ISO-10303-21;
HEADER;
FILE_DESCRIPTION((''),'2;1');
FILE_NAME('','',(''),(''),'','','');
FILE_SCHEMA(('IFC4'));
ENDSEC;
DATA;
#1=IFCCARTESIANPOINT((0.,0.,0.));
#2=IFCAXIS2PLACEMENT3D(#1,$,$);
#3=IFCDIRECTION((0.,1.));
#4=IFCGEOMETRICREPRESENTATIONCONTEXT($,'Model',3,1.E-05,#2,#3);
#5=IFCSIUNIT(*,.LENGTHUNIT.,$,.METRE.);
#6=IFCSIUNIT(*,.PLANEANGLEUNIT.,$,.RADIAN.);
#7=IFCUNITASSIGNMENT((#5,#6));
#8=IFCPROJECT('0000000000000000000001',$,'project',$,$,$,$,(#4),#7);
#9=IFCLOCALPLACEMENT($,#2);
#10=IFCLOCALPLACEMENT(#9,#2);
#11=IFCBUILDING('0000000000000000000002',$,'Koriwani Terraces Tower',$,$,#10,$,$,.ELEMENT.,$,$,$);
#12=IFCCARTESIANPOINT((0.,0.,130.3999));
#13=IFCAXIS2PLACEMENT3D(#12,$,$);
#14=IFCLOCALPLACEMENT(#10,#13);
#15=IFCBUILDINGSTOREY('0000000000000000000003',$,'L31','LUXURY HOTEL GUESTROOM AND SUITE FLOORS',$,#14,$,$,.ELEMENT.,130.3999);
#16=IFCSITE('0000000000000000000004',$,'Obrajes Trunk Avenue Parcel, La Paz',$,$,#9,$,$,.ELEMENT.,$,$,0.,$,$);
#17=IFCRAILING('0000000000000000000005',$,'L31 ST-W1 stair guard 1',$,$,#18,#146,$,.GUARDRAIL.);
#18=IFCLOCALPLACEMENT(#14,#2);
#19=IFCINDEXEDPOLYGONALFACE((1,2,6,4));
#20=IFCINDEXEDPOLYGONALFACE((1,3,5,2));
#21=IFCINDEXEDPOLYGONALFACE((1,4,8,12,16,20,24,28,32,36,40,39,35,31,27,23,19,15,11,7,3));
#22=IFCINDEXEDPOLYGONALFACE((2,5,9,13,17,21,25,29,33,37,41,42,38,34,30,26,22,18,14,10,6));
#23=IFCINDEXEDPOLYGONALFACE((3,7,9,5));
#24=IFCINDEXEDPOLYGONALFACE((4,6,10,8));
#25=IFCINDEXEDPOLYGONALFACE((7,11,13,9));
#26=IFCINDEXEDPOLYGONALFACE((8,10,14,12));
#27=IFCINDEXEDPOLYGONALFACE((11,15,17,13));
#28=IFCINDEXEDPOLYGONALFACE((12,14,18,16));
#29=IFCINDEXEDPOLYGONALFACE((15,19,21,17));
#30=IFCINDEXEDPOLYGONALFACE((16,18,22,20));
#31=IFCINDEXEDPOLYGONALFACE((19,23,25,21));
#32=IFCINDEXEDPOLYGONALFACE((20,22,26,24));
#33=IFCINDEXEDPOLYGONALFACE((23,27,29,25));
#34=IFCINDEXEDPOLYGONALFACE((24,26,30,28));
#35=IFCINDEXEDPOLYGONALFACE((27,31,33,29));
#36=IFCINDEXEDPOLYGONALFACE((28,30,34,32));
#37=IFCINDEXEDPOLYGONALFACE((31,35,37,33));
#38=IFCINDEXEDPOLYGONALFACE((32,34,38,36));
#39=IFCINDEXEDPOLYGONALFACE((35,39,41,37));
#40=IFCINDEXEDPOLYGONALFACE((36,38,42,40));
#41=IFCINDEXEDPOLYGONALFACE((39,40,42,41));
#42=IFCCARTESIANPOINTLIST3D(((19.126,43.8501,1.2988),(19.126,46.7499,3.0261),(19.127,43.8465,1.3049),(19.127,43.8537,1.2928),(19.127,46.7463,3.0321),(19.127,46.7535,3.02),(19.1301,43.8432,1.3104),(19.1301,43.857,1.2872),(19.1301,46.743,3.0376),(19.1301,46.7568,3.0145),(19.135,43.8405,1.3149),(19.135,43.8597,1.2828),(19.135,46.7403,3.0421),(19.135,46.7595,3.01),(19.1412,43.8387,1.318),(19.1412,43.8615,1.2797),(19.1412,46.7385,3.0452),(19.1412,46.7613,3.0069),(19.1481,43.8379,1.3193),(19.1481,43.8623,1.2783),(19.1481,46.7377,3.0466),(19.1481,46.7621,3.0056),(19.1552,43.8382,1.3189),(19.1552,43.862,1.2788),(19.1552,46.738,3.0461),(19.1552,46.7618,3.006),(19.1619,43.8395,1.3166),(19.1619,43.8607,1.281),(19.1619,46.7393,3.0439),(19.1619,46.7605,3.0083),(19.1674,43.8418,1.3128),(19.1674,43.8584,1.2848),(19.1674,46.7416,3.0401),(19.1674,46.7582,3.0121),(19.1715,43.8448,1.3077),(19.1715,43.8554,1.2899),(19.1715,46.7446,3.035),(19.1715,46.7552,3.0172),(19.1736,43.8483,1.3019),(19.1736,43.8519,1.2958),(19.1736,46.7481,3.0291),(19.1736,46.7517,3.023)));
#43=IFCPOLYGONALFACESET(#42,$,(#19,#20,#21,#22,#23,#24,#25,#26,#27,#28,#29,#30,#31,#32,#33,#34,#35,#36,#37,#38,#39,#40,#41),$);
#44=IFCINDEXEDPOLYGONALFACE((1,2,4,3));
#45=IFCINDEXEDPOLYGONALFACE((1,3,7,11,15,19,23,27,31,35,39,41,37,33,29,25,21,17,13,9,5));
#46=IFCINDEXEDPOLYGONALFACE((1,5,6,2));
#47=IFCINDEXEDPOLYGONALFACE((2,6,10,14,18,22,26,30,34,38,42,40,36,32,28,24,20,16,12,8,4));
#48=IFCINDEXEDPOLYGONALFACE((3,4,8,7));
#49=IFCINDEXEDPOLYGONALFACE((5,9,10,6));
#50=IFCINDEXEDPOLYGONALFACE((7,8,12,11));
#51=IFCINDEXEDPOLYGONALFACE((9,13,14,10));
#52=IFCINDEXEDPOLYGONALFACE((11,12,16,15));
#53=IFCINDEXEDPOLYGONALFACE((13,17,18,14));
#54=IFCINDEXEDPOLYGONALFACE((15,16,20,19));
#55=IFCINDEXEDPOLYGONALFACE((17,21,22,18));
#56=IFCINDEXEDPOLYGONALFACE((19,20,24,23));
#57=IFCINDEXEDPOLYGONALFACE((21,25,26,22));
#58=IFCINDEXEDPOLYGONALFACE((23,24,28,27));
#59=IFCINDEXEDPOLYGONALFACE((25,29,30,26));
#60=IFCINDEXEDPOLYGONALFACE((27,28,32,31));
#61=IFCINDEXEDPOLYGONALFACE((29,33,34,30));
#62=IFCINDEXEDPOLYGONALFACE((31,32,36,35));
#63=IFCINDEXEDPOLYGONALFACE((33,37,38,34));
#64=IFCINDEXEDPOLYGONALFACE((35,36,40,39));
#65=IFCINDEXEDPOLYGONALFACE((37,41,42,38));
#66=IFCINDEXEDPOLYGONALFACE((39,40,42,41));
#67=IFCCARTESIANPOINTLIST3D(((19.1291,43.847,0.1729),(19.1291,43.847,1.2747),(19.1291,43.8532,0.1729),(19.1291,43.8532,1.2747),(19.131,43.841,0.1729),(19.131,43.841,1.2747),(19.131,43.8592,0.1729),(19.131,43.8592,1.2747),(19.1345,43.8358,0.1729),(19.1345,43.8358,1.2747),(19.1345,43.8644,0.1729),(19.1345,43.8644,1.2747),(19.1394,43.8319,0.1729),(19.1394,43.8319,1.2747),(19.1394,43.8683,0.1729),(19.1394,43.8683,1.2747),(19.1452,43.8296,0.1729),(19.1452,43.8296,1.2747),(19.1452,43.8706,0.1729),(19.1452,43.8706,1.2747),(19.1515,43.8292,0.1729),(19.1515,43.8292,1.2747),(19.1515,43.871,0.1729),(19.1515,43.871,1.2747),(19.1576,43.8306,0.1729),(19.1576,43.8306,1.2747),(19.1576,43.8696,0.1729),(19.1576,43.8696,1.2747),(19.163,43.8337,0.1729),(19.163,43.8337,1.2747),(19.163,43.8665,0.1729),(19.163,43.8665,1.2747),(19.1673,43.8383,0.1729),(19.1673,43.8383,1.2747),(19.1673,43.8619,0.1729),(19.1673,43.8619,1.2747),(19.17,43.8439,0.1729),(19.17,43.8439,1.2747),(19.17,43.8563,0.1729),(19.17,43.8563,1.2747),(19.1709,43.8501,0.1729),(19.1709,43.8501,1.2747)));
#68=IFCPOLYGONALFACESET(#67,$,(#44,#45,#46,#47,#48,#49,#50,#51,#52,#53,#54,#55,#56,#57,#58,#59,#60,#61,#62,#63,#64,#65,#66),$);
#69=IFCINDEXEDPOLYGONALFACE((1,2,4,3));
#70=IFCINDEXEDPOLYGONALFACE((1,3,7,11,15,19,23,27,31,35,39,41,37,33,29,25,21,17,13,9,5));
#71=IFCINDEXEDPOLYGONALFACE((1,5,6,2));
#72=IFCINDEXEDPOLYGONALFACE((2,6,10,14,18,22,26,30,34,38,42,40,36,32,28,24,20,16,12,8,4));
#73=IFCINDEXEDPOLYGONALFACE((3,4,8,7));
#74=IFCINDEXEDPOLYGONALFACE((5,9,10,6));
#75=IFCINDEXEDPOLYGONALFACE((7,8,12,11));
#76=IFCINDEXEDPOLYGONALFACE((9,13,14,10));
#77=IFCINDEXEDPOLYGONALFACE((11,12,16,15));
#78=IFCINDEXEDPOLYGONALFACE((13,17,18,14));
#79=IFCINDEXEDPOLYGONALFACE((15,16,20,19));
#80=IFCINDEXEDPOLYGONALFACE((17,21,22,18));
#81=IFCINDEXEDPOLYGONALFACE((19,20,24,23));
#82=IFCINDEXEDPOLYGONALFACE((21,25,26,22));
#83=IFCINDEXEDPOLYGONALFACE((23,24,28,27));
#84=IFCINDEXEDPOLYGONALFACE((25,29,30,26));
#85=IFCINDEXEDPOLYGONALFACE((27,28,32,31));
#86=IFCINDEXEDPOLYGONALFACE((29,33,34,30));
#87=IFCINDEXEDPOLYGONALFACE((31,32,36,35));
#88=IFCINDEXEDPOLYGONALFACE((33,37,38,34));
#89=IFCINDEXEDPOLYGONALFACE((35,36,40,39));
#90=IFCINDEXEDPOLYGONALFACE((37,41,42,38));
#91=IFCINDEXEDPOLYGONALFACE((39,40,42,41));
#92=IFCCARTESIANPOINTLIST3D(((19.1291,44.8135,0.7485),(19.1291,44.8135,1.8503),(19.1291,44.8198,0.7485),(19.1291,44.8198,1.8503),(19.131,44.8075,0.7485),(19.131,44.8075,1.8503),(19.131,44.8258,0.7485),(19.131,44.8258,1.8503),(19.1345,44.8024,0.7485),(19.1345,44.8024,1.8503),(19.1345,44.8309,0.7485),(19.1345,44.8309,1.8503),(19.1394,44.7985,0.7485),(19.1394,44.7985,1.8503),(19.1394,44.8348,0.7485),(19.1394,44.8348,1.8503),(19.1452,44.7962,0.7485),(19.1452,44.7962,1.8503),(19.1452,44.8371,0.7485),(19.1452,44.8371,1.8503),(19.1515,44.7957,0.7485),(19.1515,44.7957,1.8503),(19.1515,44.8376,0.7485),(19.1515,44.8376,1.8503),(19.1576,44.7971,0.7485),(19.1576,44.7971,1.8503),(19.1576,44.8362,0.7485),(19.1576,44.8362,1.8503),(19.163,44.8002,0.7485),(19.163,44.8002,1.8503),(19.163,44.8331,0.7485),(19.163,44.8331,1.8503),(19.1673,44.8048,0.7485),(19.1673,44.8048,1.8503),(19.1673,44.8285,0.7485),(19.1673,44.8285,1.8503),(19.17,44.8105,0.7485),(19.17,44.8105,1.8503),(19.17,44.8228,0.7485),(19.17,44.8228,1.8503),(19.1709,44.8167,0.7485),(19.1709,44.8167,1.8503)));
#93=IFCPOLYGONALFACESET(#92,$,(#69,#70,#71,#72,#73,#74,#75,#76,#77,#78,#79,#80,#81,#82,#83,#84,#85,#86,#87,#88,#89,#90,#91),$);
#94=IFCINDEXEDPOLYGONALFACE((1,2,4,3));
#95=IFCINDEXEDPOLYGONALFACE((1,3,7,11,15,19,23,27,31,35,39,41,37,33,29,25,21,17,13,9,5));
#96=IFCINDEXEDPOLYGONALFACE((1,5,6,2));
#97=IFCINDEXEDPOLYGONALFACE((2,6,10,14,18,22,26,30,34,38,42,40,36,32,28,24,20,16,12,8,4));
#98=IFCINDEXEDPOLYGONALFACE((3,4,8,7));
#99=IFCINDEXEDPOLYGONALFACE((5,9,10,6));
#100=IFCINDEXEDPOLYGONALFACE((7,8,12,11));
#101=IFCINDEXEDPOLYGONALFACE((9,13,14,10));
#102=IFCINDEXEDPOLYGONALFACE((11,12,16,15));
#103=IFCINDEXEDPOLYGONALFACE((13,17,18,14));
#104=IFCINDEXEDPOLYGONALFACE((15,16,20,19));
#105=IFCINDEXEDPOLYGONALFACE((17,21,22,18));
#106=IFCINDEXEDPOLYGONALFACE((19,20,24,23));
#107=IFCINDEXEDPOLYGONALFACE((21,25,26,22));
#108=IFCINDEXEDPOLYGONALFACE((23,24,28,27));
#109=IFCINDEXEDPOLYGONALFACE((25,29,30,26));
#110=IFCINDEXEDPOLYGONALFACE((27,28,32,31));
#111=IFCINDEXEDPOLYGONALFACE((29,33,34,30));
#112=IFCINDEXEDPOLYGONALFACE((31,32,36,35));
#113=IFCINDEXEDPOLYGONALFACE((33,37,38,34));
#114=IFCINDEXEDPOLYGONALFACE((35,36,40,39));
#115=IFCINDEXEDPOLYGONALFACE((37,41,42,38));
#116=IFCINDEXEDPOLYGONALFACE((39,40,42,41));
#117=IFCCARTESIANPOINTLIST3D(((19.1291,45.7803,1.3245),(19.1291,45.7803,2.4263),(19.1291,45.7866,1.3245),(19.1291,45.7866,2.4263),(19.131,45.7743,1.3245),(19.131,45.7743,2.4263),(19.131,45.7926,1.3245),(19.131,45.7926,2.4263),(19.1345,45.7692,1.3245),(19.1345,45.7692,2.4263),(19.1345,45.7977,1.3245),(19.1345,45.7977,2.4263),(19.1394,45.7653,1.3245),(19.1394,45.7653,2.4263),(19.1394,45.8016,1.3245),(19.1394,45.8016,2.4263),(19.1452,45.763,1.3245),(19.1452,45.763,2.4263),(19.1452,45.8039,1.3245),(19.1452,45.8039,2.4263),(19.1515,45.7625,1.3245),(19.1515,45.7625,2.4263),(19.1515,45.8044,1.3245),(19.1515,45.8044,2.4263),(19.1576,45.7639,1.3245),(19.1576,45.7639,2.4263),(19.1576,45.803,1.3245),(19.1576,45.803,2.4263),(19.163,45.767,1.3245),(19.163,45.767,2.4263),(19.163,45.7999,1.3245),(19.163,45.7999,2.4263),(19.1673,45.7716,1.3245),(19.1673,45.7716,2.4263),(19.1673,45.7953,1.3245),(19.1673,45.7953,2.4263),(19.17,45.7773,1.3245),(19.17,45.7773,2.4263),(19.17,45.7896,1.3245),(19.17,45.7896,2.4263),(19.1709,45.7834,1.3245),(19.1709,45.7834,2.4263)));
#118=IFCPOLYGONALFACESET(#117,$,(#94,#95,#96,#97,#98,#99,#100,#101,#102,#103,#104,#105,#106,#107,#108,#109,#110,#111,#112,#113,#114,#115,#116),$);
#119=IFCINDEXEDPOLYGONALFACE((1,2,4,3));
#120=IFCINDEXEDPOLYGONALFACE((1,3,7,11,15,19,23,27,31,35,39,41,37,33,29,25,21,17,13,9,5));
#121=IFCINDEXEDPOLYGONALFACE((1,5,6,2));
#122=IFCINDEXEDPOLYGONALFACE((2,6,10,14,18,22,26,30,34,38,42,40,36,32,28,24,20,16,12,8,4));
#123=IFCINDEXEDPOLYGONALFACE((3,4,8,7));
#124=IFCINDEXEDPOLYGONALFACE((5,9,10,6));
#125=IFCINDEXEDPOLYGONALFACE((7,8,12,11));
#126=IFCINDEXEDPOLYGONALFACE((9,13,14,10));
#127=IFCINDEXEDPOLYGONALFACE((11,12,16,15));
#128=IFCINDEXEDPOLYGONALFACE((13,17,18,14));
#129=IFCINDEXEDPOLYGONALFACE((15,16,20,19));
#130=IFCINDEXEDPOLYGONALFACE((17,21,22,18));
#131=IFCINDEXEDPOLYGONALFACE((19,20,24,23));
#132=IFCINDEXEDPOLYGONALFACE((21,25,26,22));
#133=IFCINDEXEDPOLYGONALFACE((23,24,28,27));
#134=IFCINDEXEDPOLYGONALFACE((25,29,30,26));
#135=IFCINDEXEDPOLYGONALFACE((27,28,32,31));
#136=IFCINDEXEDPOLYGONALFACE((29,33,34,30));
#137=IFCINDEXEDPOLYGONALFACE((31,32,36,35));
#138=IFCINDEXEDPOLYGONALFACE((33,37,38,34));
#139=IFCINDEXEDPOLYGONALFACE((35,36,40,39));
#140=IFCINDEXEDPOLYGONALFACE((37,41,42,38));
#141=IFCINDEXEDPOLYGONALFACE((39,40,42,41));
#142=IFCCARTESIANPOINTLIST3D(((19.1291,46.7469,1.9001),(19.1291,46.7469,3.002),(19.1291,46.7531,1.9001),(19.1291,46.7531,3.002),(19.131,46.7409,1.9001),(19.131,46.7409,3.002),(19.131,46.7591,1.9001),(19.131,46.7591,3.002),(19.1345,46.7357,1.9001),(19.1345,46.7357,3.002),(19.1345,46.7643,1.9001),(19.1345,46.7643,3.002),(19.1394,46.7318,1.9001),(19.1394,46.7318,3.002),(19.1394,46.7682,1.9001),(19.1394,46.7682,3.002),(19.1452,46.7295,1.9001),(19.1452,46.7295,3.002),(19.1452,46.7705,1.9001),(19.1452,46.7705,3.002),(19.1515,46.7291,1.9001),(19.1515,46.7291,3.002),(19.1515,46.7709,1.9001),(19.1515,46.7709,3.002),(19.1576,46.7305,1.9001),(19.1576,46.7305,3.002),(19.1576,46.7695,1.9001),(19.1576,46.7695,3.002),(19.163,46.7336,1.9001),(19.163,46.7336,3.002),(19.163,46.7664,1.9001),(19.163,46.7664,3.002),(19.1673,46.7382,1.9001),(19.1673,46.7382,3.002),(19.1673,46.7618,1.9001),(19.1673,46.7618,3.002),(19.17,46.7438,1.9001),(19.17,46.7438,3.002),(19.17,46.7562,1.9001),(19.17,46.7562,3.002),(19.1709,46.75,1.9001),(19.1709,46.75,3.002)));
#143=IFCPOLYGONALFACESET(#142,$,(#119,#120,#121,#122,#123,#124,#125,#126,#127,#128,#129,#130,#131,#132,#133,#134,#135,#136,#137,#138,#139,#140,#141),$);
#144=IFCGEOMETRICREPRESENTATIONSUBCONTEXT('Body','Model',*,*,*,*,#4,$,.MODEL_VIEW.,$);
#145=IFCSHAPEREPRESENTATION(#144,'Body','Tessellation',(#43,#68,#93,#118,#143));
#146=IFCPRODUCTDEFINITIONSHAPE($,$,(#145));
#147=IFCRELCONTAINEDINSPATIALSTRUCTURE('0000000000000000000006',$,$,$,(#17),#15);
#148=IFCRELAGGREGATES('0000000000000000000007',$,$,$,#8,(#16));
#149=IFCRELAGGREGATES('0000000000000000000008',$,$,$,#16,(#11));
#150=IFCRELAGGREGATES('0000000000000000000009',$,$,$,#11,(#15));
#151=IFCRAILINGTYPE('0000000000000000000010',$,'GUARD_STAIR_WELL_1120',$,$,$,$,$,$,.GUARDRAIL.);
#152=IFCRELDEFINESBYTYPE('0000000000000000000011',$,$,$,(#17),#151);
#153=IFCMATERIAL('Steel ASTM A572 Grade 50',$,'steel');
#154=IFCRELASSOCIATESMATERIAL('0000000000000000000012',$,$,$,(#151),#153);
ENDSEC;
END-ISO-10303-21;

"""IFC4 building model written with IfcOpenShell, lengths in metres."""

from ifc_helpers import new_model, si_unit, direction, frame, origin, origin_2d, place, context, subcontext, project, spatial, circle, extrude, material, type_object, element, save


model = new_model("IFC4")

# Units and contexts
model_context = context("Model", 3, precision=1e-05, world=origin(), true_north=direction((0.0, 1.0)))
body_context = subcontext(model_context, "Body", "Model", "MODEL_VIEW")
ifc_project = project(units=[si_unit("LENGTHUNIT", "METRE"), si_unit("PLANEANGLEUNIT", "RADIAN")], contexts=[model_context])

# Site, building, storey
site_placement = place(None, origin())
site = spatial("IfcSite", under=ifc_project, at=site_placement, Name="Obrajes Trunk Avenue Parcel, La Paz", CompositionType="ELEMENT", RefElevation=0.0)
building_placement = place(site_placement, origin())
building = spatial("IfcBuilding", under=site, at=building_placement, Name="Koriwani Terraces Tower", CompositionType="ELEMENT")
storey_placement = place(building_placement, frame((0.0, 0.0, 130.3999)))
storey = spatial("IfcBuildingStorey", under=building, at=storey_placement, Name="L31", Description="LUXURY HOTEL GUESTROOM AND SUITE FLOORS", CompositionType="ELEMENT", Elevation=130.3999)

# Shared definitions
ifc_material_1 = material(Name="Steel ASTM A572 Grade 50", Category="steel")

# Railing
railing_type_1 = type_object("IfcRailingType", Name="GUARD_STAIR_WELL_1120", PredefinedType="GUARDRAIL", material=ifc_material_1)
railing_1_placement = place(storey_placement, frame((19.1499, 43.8501, 0.1729)))
element("IfcRailing", 1, at=railing_1_placement, inside=storey, type_object=railing_type_1, Name="L31 ST-W1 stair guard 1", PredefinedType="GUARDRAIL", context=body_context, shape_type="SweptSolid", body=[
    extrude(circle(Radius=0.0239, at=origin_2d()), frame((0.0, 0.0, 1.126), z_axis=(0.0, 0.859141, 0.511738), x_axis=(-1.0, 0.0, 0.0)), (0.0, 0.0, 1.0), 3.3752),
    extrude(circle(Radius=0.021, at=origin_2d()), origin(), (0.0, 0.0, 1.0), 1.1018),
    extrude(circle(Radius=0.021, at=origin_2d()), frame((0.0, 0.9666, 0.5757)), (0.0, 0.0, 1.0), 1.1018),
    extrude(circle(Radius=0.021, at=origin_2d()), frame((0.0, 1.9333, 1.1516)), (0.0, 0.0, 1.0), 1.1018),
    extrude(circle(Radius=0.021, at=origin_2d()), frame((0.0, 2.8999, 1.7273)), (0.0, 0.0, 1.0), 1.1018),
])

save(model, "model.ifc")
